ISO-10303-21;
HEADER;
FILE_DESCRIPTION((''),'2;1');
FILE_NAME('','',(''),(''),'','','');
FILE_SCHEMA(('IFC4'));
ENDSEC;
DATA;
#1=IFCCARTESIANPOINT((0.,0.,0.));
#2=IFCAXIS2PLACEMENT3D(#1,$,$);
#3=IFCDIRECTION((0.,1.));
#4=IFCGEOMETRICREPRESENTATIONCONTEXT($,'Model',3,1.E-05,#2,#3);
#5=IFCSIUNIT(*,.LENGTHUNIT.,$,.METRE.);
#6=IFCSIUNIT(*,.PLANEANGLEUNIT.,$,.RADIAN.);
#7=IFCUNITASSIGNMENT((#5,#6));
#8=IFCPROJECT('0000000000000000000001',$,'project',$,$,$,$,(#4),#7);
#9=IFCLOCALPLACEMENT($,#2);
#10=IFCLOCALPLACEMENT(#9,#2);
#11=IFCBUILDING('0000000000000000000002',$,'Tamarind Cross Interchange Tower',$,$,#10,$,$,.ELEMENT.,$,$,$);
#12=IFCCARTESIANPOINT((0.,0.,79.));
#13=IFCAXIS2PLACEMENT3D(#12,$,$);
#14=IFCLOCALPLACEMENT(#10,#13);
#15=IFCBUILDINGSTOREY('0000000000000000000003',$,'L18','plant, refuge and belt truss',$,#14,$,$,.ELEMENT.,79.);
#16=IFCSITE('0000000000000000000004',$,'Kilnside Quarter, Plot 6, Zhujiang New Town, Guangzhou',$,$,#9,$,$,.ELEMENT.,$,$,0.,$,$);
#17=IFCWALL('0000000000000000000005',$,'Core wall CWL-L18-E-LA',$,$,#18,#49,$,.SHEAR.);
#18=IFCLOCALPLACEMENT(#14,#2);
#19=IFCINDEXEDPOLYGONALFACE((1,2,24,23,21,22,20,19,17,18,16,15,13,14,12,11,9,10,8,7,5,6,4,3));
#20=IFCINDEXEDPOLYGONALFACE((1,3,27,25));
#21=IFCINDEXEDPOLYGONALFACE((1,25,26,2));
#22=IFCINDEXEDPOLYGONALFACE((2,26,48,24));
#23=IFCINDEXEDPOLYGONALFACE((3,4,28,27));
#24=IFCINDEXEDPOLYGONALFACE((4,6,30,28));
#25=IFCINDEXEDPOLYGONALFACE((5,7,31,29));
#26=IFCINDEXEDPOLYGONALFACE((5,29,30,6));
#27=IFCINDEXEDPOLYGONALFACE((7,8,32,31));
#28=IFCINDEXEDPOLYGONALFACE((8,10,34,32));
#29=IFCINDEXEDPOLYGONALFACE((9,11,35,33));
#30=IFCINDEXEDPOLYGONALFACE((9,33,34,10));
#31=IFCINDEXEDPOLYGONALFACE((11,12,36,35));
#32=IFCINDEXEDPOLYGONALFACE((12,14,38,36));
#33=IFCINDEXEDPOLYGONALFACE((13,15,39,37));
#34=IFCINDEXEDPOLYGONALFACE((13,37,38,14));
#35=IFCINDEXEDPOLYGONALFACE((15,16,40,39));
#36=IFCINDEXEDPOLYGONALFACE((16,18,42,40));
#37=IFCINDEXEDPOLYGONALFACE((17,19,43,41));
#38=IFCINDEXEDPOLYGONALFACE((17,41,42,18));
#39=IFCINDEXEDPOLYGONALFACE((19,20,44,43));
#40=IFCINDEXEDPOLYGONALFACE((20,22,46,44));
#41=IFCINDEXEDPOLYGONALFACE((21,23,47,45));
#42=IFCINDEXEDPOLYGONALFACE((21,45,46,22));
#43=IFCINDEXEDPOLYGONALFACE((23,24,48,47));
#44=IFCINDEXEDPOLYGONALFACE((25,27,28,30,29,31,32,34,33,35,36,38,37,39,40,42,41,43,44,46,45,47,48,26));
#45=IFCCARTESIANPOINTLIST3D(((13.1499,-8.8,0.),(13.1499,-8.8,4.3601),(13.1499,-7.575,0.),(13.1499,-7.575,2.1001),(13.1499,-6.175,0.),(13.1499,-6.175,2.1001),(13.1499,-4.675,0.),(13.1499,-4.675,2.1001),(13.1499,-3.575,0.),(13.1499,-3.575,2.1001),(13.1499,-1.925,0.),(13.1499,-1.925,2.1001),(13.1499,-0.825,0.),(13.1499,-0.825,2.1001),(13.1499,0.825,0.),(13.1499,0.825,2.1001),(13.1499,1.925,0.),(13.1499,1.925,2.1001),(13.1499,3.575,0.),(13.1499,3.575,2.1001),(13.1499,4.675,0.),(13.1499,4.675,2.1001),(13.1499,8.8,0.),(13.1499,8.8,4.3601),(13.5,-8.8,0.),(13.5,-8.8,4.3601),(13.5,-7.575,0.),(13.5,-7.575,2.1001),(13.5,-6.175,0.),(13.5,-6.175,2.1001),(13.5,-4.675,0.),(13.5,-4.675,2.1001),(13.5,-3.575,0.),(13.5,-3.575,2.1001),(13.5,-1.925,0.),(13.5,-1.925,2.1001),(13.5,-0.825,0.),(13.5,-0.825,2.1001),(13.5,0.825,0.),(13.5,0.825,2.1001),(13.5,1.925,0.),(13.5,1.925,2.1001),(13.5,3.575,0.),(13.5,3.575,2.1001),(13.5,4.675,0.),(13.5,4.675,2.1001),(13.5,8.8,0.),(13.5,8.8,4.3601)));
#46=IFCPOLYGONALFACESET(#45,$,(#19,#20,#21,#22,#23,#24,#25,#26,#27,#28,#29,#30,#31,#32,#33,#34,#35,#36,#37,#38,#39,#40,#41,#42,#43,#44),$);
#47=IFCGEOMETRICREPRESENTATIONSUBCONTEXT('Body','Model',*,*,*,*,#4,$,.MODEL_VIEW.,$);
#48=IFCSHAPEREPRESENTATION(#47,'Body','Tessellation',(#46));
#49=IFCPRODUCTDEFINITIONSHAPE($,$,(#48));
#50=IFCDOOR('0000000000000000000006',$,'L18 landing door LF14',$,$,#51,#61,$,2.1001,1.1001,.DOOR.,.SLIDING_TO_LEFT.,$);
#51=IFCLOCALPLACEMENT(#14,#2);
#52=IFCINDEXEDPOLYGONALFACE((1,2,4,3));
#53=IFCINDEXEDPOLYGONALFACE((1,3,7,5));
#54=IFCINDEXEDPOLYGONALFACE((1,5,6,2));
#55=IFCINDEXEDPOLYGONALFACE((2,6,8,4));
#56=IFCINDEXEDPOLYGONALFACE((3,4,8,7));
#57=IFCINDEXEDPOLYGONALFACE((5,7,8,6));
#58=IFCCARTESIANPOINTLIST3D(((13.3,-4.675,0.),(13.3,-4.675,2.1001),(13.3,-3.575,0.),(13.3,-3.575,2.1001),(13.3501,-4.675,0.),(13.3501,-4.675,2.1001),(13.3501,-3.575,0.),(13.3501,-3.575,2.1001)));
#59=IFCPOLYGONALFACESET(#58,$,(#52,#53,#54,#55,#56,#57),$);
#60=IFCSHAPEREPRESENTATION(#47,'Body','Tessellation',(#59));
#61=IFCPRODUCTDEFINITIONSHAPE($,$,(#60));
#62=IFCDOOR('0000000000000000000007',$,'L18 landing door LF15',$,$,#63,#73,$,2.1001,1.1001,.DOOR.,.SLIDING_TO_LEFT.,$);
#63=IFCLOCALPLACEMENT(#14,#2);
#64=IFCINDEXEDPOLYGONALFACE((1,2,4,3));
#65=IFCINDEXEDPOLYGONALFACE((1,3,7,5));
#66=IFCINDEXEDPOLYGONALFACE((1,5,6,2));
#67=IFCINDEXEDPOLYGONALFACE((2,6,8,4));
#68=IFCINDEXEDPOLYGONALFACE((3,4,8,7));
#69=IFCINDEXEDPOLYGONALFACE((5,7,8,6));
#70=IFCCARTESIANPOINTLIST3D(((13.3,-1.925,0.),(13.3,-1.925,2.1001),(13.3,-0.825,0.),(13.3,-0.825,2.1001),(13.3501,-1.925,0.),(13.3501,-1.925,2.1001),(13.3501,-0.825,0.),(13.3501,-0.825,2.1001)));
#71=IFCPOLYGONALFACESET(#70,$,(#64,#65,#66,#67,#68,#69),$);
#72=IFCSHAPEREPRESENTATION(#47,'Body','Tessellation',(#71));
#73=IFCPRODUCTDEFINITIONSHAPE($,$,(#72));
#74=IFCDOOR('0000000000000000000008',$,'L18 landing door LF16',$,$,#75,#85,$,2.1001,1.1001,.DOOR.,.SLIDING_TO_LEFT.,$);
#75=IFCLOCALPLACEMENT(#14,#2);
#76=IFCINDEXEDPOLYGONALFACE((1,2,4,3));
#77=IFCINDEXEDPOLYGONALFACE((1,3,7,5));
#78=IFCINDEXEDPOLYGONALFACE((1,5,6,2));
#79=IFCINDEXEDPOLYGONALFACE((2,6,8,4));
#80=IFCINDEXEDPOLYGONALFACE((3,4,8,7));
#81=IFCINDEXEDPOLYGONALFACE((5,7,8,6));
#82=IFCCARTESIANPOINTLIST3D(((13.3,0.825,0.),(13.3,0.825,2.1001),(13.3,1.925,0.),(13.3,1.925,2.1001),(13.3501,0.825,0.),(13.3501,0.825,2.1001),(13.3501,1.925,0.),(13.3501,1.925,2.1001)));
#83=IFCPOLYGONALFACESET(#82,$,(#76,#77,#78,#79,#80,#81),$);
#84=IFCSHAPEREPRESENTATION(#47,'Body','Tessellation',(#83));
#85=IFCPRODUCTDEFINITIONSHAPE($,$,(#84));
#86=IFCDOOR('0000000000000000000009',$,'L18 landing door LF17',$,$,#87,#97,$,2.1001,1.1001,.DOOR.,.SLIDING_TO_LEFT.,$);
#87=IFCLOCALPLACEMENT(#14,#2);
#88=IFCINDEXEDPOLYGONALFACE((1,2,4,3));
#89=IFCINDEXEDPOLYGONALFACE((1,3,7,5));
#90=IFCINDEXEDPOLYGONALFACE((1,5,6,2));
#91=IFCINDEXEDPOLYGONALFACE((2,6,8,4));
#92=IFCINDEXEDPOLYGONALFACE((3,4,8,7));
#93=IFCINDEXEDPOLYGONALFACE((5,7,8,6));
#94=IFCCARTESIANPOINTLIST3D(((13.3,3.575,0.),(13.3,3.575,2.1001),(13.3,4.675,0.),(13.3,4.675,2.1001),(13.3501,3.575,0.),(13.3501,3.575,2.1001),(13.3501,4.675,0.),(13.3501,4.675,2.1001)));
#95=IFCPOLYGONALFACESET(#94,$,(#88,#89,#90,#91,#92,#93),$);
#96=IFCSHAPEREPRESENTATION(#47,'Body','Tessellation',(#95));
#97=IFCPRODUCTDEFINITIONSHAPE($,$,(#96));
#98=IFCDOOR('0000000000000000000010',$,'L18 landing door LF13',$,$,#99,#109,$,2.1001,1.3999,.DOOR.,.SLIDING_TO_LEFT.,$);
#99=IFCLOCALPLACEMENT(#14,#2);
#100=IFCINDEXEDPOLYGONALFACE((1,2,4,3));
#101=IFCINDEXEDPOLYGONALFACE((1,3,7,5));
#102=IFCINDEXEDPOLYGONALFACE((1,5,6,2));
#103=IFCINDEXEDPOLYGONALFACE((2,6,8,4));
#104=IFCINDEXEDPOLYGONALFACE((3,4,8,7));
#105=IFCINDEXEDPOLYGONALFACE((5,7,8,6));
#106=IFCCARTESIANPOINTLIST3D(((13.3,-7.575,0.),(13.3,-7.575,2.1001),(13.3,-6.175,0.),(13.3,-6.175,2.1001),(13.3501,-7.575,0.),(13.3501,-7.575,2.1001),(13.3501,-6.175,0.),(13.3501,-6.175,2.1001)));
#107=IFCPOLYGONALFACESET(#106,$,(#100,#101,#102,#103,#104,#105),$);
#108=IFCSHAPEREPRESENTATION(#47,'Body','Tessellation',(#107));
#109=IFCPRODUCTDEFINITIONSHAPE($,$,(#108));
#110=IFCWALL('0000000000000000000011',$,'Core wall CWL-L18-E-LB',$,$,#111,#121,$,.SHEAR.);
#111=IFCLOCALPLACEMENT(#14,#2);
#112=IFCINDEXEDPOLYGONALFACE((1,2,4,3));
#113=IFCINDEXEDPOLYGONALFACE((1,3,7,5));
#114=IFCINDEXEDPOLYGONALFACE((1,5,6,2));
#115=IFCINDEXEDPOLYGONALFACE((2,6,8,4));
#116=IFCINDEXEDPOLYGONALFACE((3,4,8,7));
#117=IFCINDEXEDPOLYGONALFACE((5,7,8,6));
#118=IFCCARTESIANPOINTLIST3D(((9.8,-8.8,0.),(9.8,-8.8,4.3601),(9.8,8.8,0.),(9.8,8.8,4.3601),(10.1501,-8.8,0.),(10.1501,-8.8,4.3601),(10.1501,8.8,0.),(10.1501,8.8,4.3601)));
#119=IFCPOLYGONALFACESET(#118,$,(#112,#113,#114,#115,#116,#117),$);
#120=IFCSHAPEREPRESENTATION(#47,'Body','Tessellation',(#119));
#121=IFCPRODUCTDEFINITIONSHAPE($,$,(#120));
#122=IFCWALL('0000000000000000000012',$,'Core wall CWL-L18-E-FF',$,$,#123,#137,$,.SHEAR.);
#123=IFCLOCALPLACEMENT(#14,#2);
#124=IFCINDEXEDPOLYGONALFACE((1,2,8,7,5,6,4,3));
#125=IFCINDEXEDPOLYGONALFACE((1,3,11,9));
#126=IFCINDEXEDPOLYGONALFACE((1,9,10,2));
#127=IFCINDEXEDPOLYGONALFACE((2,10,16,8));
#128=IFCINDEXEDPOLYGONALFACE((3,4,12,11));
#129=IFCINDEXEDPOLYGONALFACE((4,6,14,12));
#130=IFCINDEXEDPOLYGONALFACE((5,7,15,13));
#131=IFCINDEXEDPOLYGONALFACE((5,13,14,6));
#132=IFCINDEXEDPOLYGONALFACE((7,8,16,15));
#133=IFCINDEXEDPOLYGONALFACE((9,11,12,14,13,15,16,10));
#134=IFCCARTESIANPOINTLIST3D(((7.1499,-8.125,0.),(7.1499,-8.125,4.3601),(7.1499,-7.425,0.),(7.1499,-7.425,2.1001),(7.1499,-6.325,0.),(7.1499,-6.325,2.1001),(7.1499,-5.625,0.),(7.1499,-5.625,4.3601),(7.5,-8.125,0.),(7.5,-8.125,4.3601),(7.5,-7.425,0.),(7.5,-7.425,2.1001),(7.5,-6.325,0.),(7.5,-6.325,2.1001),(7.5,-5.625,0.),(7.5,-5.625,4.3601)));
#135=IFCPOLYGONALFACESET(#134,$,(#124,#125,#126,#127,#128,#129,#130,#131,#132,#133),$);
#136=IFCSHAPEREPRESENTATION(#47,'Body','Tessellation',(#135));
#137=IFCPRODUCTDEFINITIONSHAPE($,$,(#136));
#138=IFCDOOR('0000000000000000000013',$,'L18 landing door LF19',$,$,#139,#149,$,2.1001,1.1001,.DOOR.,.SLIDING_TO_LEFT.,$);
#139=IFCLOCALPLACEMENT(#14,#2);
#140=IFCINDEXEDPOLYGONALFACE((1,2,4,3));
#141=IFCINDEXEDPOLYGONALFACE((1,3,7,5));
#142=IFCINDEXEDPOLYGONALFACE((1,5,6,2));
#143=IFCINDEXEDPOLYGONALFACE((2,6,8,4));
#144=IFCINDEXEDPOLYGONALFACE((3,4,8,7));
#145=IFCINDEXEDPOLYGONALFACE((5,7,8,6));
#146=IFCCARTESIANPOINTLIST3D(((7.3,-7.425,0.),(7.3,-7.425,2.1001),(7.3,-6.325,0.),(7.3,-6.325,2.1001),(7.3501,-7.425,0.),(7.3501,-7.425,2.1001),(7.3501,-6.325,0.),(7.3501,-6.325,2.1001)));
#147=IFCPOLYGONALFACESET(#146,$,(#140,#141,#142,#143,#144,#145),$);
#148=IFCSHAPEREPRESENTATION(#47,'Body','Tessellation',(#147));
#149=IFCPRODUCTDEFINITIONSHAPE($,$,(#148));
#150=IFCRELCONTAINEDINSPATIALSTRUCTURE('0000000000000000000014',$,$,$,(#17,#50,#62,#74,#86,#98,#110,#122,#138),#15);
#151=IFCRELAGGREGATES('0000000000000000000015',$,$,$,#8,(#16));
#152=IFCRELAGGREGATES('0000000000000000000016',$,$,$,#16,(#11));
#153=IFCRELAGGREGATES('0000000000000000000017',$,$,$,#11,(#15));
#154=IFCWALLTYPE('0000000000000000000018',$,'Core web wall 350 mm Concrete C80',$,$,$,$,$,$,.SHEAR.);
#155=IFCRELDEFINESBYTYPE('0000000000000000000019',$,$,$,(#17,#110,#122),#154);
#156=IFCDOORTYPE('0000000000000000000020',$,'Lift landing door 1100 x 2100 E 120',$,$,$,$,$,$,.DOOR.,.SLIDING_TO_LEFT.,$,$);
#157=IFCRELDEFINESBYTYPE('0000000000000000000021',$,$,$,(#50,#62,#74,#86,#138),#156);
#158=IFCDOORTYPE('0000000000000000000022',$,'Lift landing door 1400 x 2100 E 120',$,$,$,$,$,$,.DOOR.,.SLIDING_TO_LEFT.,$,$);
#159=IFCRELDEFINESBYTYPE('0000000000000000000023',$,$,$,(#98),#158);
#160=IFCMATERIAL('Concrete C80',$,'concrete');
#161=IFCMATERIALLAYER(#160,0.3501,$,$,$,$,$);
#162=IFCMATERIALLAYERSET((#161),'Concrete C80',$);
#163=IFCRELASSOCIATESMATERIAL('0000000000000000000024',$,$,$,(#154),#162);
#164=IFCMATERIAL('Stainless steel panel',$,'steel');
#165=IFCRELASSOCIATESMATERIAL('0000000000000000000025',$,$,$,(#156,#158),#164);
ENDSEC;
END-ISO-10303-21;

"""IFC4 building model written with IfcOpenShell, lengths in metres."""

from ifc_helpers import new_model, si_unit, direction, frame, frame_2d, origin, place, context, subcontext, project, spatial, rectangle, extrude, material, layer, layer_set, type_object, element, fill, save


model = new_model("IFC4")

# Units and contexts
model_context = context("Model", 3, precision=1e-05, world=origin(), true_north=direction((0.0, 1.0)))
body_context = subcontext(model_context, "Body", "Model", "MODEL_VIEW")
ifc_project = project(units=[si_unit("LENGTHUNIT", "METRE"), si_unit("PLANEANGLEUNIT", "RADIAN")], contexts=[model_context])

# Site, building, storey
site_placement = place(None, origin())
site = spatial("IfcSite", under=ifc_project, at=site_placement, Name="Kilnside Quarter, Plot 6, Zhujiang New Town, Guangzhou", CompositionType="ELEMENT", RefElevation=0.0)
building_placement = place(site_placement, origin())
building = spatial("IfcBuilding", under=site, at=building_placement, Name="Tamarind Cross Interchange Tower", CompositionType="ELEMENT")
storey_placement = place(building_placement, frame((0.0, 0.0, 79.0)))
storey = spatial("IfcBuildingStorey", under=building, at=storey_placement, Name="L18", Description="plant, refuge and belt truss", CompositionType="ELEMENT", Elevation=79.0)

# Shared definitions
ifc_material_1 = material(Name="Concrete C80", Category="concrete")

# Shared definitions
ifc_layer_1 = layer(ifc_material_1, 0.3501)
ifc_layer_set_1 = layer_set([ifc_layer_1], Name="Concrete C80")
wall_type_1 = type_object("IfcWallType", Name="Core web wall 350 mm Concrete C80", PredefinedType="SHEAR", material=ifc_layer_set_1)

# Wall, openings, doors
wall_1_placement = place(storey_placement, frame((13.325, -8.8, 0.0), z_axis=(0.0, 0.0, 1.0), x_axis=(0.0, 1.0, 0.0)))
wall_1 = element("IfcWall", 1, at=wall_1_placement, inside=storey, type_object=wall_type_1, Name="Core wall CWL-L18-E-LA", PredefinedType="SHEAR", context=body_context, shape_type="SweptSolid", body=[
    extrude(rectangle(XDim=17.6001, YDim=0.3501, at=frame_2d((8.8, 0.0))), origin(), (0.0, 0.0, 1.0), 4.3601),
])
opening_1_placement = place(wall_1_placement, frame((1.2251, 0.0, 0.0)))
opening_1 = element("IfcOpeningElement", 2, at=opening_1_placement, cuts=wall_1, PredefinedType="OPENING", context=body_context, shape_type="SweptSolid", body=[
    extrude(rectangle(XDim=1.3999, YDim=2.1001, at=frame_2d((0.7, 1.05))), frame((0.0, 0.1851, 0.0), z_axis=(0.0, -1.0, 0.0), x_axis=(1.0, 0.0, 0.0)), (0.0, 0.0, 1.0), 0.3701),
])
opening_2_placement = place(wall_1_placement, frame((4.125, 0.0, 0.0)))
opening_2 = element("IfcOpeningElement", 3, at=opening_2_placement, cuts=wall_1, PredefinedType="OPENING", context=body_context, shape_type="SweptSolid", body=[
    extrude(rectangle(XDim=1.1001, YDim=2.1001, at=frame_2d((0.55, 1.05))), frame((0.0, 0.1851, 0.0), z_axis=(0.0, -1.0, 0.0), x_axis=(1.0, 0.0, 0.0)), (0.0, 0.0, 1.0), 0.3701),
])
opening_3_placement = place(wall_1_placement, frame((6.875, 0.0, 0.0)))
opening_3 = element("IfcOpeningElement", 4, at=opening_3_placement, cuts=wall_1, PredefinedType="OPENING", context=body_context, shape_type="SweptSolid", body=[
    extrude(rectangle(XDim=1.1001, YDim=2.1001, at=frame_2d((0.55, 1.05))), frame((0.0, 0.1851, 0.0), z_axis=(0.0, -1.0, 0.0), x_axis=(1.0, 0.0, 0.0)), (0.0, 0.0, 1.0), 0.3701),
])
opening_4_placement = place(wall_1_placement, frame((9.625, 0.0, 0.0)))
opening_4 = element("IfcOpeningElement", 5, at=opening_4_placement, cuts=wall_1, PredefinedType="OPENING", context=body_context, shape_type="SweptSolid", body=[
    extrude(rectangle(XDim=1.1001, YDim=2.1001, at=frame_2d((0.55, 1.05))), frame((0.0, 0.1851, 0.0), z_axis=(0.0, -1.0, 0.0), x_axis=(1.0, 0.0, 0.0)), (0.0, 0.0, 1.0), 0.3701),
])
opening_5_placement = place(wall_1_placement, frame((12.375, 0.0, 0.0)))
opening_5 = element("IfcOpeningElement", 6, at=opening_5_placement, cuts=wall_1, PredefinedType="OPENING", context=body_context, shape_type="SweptSolid", body=[
    extrude(rectangle(XDim=1.1001, YDim=2.1001, at=frame_2d((0.55, 1.05))), frame((0.0, 0.1851, 0.0), z_axis=(0.0, -1.0, 0.0), x_axis=(1.0, 0.0, 0.0)), (0.0, 0.0, 1.0), 0.3701),
])
ifc_material_2 = material(Name="Stainless steel panel", Category="steel")
door_type_1 = type_object("IfcDoorType", Name="Lift landing door 1100 x 2100 E 120", OperationType="SLIDING_TO_LEFT", PredefinedType="DOOR", material=ifc_material_2)
door_1_placement = place(opening_2_placement, origin())
door_1 = element("IfcDoor", 7, at=door_1_placement, inside=storey, type_object=door_type_1, Name="L18 landing door LF14", OperationType="SLIDING_TO_LEFT", OverallHeight=2.1001, OverallWidth=1.1001, PredefinedType="DOOR", context=body_context, shape_type="SweptSolid", body=[
    extrude(rectangle(XDim=1.1001, YDim=2.1001, at=frame_2d((0.55, 1.05))), frame((0.0, 0.0249, 0.0), z_axis=(0.0, -1.0, 0.0), x_axis=(1.0, 0.0, 0.0)), (0.0, 0.0, 1.0), 0.05),
])
fill(opening_2, door_1)
door_2_placement = place(opening_3_placement, origin())
door_2 = element("IfcDoor", 8, at=door_2_placement, inside=storey, type_object=door_type_1, Name="L18 landing door LF15", OperationType="SLIDING_TO_LEFT", OverallHeight=2.1001, OverallWidth=1.1001, PredefinedType="DOOR", context=body_context, shape_type="SweptSolid", body=[
    extrude(rectangle(XDim=1.1001, YDim=2.1001, at=frame_2d((0.55, 1.05))), frame((0.0, 0.0249, 0.0), z_axis=(0.0, -1.0, 0.0), x_axis=(1.0, 0.0, 0.0)), (0.0, 0.0, 1.0), 0.05),
])
fill(opening_3, door_2)
door_3_placement = place(opening_4_placement, origin())
door_3 = element("IfcDoor", 9, at=door_3_placement, inside=storey, type_object=door_type_1, Name="L18 landing door LF16", OperationType="SLIDING_TO_LEFT", OverallHeight=2.1001, OverallWidth=1.1001, PredefinedType="DOOR", context=body_context, shape_type="SweptSolid", body=[
    extrude(rectangle(XDim=1.1001, YDim=2.1001, at=frame_2d((0.55, 1.05))), frame((0.0, 0.0249, 0.0), z_axis=(0.0, -1.0, 0.0), x_axis=(1.0, 0.0, 0.0)), (0.0, 0.0, 1.0), 0.05),
])
fill(opening_4, door_3)
door_4_placement = place(opening_5_placement, origin())
door_4 = element("IfcDoor", 10, at=door_4_placement, inside=storey, type_object=door_type_1, Name="L18 landing door LF17", OperationType="SLIDING_TO_LEFT", OverallHeight=2.1001, OverallWidth=1.1001, PredefinedType="DOOR", context=body_context, shape_type="SweptSolid", body=[
    extrude(rectangle(XDim=1.1001, YDim=2.1001, at=frame_2d((0.55, 1.05))), frame((0.0, 0.0249, 0.0), z_axis=(0.0, -1.0, 0.0), x_axis=(1.0, 0.0, 0.0)), (0.0, 0.0, 1.0), 0.05),
])
fill(opening_5, door_4)
door_type_2 = type_object("IfcDoorType", Name="Lift landing door 1400 x 2100 E 120", OperationType="SLIDING_TO_LEFT", PredefinedType="DOOR", material=ifc_material_2)
door_5_placement = place(opening_1_placement, origin())
door_5 = element("IfcDoor", 11, at=door_5_placement, inside=storey, type_object=door_type_2, Name="L18 landing door LF13", OperationType="SLIDING_TO_LEFT", OverallHeight=2.1001, OverallWidth=1.3999, PredefinedType="DOOR", context=body_context, shape_type="SweptSolid", body=[
    extrude(rectangle(XDim=1.3999, YDim=2.1001, at=frame_2d((0.7, 1.05))), frame((0.0, 0.0249, 0.0), z_axis=(0.0, -1.0, 0.0), x_axis=(1.0, 0.0, 0.0)), (0.0, 0.0, 1.0), 0.05),
])
fill(opening_1, door_5)

# Wall
wall_2_placement = place(storey_placement, frame((9.9751, -8.8, 0.0), z_axis=(0.0, 0.0, 1.0), x_axis=(0.0, 1.0, 0.0)))
element("IfcWall", 12, at=wall_2_placement, inside=storey, type_object=wall_type_1, Name="Core wall CWL-L18-E-LB", PredefinedType="SHEAR", context=body_context, shape_type="SweptSolid", body=[
    extrude(rectangle(XDim=17.6001, YDim=0.3501, at=frame_2d((8.8, 0.0))), origin(), (0.0, 0.0, 1.0), 4.3601),
])

# Wall, opening, door
wall_3_placement = place(storey_placement, frame((7.325, -8.125, 0.0), z_axis=(0.0, 0.0, 1.0), x_axis=(0.0, 1.0, 0.0)))
wall_3 = element("IfcWall", 13, at=wall_3_placement, inside=storey, type_object=wall_type_1, Name="Core wall CWL-L18-E-FF", PredefinedType="SHEAR", context=body_context, shape_type="SweptSolid", body=[
    extrude(rectangle(XDim=2.5, YDim=0.3501, at=frame_2d((1.25, 0.0))), origin(), (0.0, 0.0, 1.0), 4.3601),
])
opening_6_placement = place(wall_3_placement, frame((0.7, 0.0, 0.0)))
opening_6 = element("IfcOpeningElement", 14, at=opening_6_placement, cuts=wall_3, PredefinedType="OPENING", context=body_context, shape_type="SweptSolid", body=[
    extrude(rectangle(XDim=1.1001, YDim=2.1001, at=frame_2d((0.55, 1.05))), frame((0.0, 0.1851, 0.0), z_axis=(0.0, -1.0, 0.0), x_axis=(1.0, 0.0, 0.0)), (0.0, 0.0, 1.0), 0.3701),
])
door_6_placement = place(opening_6_placement, origin())
door_6 = element("IfcDoor", 15, at=door_6_placement, inside=storey, type_object=door_type_1, Name="L18 landing door LF19", OperationType="SLIDING_TO_LEFT", OverallHeight=2.1001, OverallWidth=1.1001, PredefinedType="DOOR", context=body_context, shape_type="SweptSolid", body=[
    extrude(rectangle(XDim=1.1001, YDim=2.1001, at=frame_2d((0.55, 1.05))), frame((0.0, 0.0249, 0.0), z_axis=(0.0, -1.0, 0.0), x_axis=(1.0, 0.0, 0.0)), (0.0, 0.0, 1.0), 0.05),
])
fill(opening_6, door_6)

save(model, "model.ifc")
